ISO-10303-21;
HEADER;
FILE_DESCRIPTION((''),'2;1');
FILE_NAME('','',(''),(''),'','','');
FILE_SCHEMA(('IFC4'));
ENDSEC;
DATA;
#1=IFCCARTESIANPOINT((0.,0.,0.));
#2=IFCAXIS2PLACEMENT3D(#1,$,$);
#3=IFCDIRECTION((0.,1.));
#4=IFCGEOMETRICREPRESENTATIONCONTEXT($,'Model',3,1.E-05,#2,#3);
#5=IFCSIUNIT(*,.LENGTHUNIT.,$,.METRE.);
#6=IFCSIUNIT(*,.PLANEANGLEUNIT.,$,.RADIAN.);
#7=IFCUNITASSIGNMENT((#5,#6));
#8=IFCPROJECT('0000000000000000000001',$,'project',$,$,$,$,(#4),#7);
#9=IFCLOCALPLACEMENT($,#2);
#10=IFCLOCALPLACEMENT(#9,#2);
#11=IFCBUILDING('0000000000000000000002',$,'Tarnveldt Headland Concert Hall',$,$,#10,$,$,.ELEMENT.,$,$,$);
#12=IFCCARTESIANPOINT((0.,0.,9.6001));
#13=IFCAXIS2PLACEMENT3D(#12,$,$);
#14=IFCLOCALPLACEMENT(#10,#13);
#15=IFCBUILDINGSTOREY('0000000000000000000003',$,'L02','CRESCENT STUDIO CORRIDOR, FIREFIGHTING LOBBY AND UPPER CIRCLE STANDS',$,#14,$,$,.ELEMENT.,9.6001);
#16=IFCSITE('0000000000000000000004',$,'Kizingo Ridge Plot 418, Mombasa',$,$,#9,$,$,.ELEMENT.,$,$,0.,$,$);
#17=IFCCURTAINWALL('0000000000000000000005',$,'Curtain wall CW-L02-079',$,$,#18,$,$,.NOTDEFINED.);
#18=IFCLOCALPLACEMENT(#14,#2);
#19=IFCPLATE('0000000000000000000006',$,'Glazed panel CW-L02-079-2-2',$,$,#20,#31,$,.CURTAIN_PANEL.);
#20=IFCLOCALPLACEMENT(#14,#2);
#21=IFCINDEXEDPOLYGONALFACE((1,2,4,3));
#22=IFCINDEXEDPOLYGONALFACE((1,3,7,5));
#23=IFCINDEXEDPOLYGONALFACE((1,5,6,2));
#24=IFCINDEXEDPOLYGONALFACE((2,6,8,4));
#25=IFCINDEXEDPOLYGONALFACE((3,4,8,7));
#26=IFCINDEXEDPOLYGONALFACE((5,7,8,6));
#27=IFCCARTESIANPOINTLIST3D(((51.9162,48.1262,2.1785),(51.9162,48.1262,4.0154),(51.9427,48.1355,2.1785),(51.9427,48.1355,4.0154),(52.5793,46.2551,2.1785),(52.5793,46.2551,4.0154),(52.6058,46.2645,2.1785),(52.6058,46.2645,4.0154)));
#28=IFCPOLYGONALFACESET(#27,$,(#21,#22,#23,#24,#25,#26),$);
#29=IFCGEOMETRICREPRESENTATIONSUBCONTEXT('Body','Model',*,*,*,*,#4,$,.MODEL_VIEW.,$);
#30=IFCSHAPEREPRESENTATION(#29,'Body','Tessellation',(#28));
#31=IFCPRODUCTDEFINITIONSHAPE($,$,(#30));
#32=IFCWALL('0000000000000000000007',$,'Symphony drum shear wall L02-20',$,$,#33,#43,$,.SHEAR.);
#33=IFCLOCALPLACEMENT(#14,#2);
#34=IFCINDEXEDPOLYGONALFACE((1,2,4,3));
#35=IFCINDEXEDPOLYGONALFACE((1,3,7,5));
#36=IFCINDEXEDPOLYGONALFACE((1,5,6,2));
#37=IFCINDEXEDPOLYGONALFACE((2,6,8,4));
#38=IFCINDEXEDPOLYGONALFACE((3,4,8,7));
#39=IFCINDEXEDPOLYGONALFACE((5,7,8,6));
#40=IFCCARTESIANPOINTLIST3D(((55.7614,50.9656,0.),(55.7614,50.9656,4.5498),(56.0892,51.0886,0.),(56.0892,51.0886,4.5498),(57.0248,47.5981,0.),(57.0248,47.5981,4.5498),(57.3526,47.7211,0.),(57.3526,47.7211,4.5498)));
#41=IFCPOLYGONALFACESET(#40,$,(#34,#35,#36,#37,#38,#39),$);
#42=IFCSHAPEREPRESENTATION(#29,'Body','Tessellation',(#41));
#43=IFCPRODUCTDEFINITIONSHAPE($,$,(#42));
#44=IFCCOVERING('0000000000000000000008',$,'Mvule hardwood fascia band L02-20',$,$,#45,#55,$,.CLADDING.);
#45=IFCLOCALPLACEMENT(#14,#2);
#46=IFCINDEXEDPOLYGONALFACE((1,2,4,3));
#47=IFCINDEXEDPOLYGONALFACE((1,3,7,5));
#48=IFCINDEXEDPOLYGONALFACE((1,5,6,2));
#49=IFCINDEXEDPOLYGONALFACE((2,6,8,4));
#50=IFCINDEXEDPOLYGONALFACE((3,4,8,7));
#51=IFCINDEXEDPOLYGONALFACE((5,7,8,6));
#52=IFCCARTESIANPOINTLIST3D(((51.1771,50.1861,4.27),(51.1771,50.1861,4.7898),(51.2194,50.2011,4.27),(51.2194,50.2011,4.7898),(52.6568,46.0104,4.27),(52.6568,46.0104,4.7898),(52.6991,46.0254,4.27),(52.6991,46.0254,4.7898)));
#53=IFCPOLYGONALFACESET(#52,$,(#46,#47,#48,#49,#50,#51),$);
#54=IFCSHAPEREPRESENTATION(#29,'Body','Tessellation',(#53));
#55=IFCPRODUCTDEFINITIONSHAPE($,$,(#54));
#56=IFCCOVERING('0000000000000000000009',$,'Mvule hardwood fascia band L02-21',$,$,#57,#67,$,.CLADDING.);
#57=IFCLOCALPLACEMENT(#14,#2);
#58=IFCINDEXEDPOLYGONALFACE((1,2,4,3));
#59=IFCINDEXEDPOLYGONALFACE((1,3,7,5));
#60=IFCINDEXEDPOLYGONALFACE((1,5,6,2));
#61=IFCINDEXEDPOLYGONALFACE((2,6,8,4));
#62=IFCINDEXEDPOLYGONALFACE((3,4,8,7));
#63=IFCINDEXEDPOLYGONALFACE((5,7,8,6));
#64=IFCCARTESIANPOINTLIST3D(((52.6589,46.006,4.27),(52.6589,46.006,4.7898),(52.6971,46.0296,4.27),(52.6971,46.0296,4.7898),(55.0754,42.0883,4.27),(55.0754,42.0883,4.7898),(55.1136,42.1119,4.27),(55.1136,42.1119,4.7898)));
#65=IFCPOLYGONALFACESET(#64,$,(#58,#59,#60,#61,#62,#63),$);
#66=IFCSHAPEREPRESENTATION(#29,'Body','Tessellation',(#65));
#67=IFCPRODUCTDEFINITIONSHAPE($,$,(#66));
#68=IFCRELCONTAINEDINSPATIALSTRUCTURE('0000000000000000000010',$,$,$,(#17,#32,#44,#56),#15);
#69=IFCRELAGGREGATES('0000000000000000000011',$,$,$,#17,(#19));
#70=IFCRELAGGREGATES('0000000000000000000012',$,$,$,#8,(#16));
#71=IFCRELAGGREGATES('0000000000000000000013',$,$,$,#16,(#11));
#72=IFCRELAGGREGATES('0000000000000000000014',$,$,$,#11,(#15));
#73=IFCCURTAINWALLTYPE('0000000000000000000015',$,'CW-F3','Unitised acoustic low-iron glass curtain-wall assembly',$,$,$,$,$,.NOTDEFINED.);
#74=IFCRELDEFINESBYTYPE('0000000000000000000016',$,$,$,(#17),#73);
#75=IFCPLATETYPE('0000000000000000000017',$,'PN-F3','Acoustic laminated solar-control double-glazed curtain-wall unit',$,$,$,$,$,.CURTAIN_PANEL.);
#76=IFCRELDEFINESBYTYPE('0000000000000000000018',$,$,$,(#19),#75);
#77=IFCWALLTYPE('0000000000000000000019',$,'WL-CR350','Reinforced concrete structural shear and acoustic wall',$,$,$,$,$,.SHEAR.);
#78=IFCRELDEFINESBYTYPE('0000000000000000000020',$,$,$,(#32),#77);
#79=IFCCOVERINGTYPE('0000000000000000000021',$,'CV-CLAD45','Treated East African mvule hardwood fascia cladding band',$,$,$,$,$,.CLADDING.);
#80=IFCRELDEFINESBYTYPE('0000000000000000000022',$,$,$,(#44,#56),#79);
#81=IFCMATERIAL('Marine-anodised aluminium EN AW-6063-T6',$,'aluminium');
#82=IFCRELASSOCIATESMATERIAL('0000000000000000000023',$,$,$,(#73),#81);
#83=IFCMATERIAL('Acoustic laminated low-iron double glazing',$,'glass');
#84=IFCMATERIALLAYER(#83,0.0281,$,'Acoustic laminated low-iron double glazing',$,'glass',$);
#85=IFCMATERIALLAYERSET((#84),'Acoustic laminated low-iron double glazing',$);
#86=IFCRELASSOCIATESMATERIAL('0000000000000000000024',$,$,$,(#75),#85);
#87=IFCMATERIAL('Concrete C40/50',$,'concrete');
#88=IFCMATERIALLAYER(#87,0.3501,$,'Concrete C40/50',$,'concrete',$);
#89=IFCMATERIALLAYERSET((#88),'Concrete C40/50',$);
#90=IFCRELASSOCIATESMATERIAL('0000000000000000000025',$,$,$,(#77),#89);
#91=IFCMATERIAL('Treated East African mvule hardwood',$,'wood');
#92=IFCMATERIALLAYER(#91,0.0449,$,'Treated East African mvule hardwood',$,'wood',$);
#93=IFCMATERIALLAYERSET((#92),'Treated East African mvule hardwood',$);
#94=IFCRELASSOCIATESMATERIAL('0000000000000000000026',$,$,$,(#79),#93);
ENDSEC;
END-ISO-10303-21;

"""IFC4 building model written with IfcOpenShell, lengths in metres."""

from ifc_helpers import new_model, si_unit, direction, frame, frame_2d, origin, origin_2d, place, context, subcontext, project, spatial, rectangle, extrude, material, layer, layer_set, type_object, element, aggregate, save


model = new_model("IFC4")

# Units and contexts
model_context = context("Model", 3, precision=1e-05, world=origin(), true_north=direction((0.0, 1.0)))
body_context = subcontext(model_context, "Body", "Model", "MODEL_VIEW")
ifc_project = project(units=[si_unit("LENGTHUNIT", "METRE"), si_unit("PLANEANGLEUNIT", "RADIAN")], contexts=[model_context])

# Site, building, storey
site_placement = place(None, origin())
site = spatial("IfcSite", under=ifc_project, at=site_placement, Name="Kizingo Ridge Plot 418, Mombasa", CompositionType="ELEMENT", RefElevation=0.0)
building_placement = place(site_placement, origin())
building = spatial("IfcBuilding", under=site, at=building_placement, Name="Tarnveldt Headland Concert Hall", CompositionType="ELEMENT")
storey_placement = place(building_placement, frame((0.0, 0.0, 9.6001)))
storey = spatial("IfcBuildingStorey", under=building, at=storey_placement, Name="L02", Description="CRESCENT STUDIO CORRIDOR, FIREFIGHTING LOBBY AND UPPER CIRCLE STANDS", CompositionType="ELEMENT", Elevation=9.6001)

# Curtain wall
ifc_material_1 = material(Name="Marine-anodised aluminium EN AW-6063-T6", Category="aluminium")
curtain_wall_type = type_object("IfcCurtainWallType", Name="CW-F3", Description="Unitised acoustic low-iron glass curtain-wall assembly", PredefinedType="NOTDEFINED", material=ifc_material_1)
curtain_wall_1_placement = place(storey_placement, origin())
curtain_wall_1 = element("IfcCurtainWall", 1, at=curtain_wall_1_placement, inside=storey, type_object=curtain_wall_type, Name="Curtain wall CW-L02-079", PredefinedType="NOTDEFINED")

# Plate
ifc_material_2 = material(Name="Acoustic laminated low-iron double glazing", Category="glass")
ifc_layer_1 = layer(ifc_material_2, 0.0281, Name="Acoustic laminated low-iron double glazing", Category="glass")
ifc_layer_set_1 = layer_set([ifc_layer_1], Name="Acoustic laminated low-iron double glazing")
plate_type_1 = type_object("IfcPlateType", Name="PN-F3", Description="Acoustic laminated solar-control double-glazed curtain-wall unit", PredefinedType="CURTAIN_PANEL", material=ifc_layer_set_1)
plate_1_placement = place(storey_placement, frame((52.261, 47.1953, 2.1785), z_axis=(0.0, 0.0, 1.0), x_axis=(0.334021, -0.942566, 0.0)))
plate_1 = element("IfcPlate", 2, at=plate_1_placement, type_object=plate_type_1, Name="Glazed panel CW-L02-079-2-2", PredefinedType="CURTAIN_PANEL", context=body_context, shape_type="SweptSolid", body=[
    extrude(rectangle(XDim=1.9851, YDim=0.0281, at=origin_2d()), origin(), (0.0, 0.0, 1.0), 1.8369),
])
aggregate(curtain_wall_1, [plate_1])

# Wall
ifc_material_3 = material(Name="Concrete C40/50", Category="concrete")
ifc_layer_2 = layer(ifc_material_3, 0.3501, Name="Concrete C40/50", Category="concrete")
ifc_layer_set_2 = layer_set([ifc_layer_2], Name="Concrete C40/50")
wall_type = type_object("IfcWallType", Name="WL-CR350", Description="Reinforced concrete structural shear and acoustic wall", PredefinedType="SHEAR", material=ifc_layer_set_2)
wall_placement = place(storey_placement, frame((55.9253, 51.0271, 0.0), z_axis=(0.0, 0.0, 1.0), x_axis=(0.35128, -0.936271, 0.0)))
element("IfcWall", 3, at=wall_placement, inside=storey, type_object=wall_type, Name="Symphony drum shear wall L02-20", PredefinedType="SHEAR", context=body_context, shape_type="SweptSolid", body=[
    extrude(rectangle(XDim=3.5967, YDim=0.3501, at=frame_2d((1.7983, 0.0))), origin(), (0.0, 0.0, 1.0), 4.5498),
])

# Coverings
ifc_material_4 = material(Name="Treated East African mvule hardwood", Category="wood")
ifc_layer_3 = layer(ifc_material_4, 0.0449, Name="Treated East African mvule hardwood", Category="wood")
ifc_layer_set_3 = layer_set([ifc_layer_3], Name="Treated East African mvule hardwood")
covering_type = type_object("IfcCoveringType", Name="CV-CLAD45", Description="Treated East African mvule hardwood fascia cladding band", PredefinedType="CLADDING", material=ifc_layer_set_3)
covering_1_placement = place(storey_placement, frame((51.1982, 50.1936, 4.27), z_axis=(0.0, 0.0, 1.0), x_axis=(0.33401, -0.942569, 0.0)))
element("IfcCovering", 4, at=covering_1_placement, inside=storey, type_object=covering_type, Name="Mvule hardwood fascia band L02-20", PredefinedType="CLADDING", context=body_context, shape_type="SweptSolid", body=[
    extrude(rectangle(XDim=4.4302, YDim=0.0449, at=frame_2d((2.2151, 0.0))), origin(), (0.0, 0.0, 1.0), 0.5198),
])
covering_2_placement = place(storey_placement, frame((52.678, 46.0178, 4.27), z_axis=(0.0, 0.0, 1.0), x_axis=(0.524979, -0.851115, 0.0)))
element("IfcCovering", 5, at=covering_2_placement, inside=storey, type_object=covering_type, Name="Mvule hardwood fascia band L02-21", PredefinedType="CLADDING", context=body_context, shape_type="SweptSolid", body=[
    extrude(rectangle(XDim=4.603, YDim=0.0449, at=frame_2d((2.3015, 0.0))), origin(), (0.0, 0.0, 1.0), 0.5198),
])

save(model, "model.ifc")
